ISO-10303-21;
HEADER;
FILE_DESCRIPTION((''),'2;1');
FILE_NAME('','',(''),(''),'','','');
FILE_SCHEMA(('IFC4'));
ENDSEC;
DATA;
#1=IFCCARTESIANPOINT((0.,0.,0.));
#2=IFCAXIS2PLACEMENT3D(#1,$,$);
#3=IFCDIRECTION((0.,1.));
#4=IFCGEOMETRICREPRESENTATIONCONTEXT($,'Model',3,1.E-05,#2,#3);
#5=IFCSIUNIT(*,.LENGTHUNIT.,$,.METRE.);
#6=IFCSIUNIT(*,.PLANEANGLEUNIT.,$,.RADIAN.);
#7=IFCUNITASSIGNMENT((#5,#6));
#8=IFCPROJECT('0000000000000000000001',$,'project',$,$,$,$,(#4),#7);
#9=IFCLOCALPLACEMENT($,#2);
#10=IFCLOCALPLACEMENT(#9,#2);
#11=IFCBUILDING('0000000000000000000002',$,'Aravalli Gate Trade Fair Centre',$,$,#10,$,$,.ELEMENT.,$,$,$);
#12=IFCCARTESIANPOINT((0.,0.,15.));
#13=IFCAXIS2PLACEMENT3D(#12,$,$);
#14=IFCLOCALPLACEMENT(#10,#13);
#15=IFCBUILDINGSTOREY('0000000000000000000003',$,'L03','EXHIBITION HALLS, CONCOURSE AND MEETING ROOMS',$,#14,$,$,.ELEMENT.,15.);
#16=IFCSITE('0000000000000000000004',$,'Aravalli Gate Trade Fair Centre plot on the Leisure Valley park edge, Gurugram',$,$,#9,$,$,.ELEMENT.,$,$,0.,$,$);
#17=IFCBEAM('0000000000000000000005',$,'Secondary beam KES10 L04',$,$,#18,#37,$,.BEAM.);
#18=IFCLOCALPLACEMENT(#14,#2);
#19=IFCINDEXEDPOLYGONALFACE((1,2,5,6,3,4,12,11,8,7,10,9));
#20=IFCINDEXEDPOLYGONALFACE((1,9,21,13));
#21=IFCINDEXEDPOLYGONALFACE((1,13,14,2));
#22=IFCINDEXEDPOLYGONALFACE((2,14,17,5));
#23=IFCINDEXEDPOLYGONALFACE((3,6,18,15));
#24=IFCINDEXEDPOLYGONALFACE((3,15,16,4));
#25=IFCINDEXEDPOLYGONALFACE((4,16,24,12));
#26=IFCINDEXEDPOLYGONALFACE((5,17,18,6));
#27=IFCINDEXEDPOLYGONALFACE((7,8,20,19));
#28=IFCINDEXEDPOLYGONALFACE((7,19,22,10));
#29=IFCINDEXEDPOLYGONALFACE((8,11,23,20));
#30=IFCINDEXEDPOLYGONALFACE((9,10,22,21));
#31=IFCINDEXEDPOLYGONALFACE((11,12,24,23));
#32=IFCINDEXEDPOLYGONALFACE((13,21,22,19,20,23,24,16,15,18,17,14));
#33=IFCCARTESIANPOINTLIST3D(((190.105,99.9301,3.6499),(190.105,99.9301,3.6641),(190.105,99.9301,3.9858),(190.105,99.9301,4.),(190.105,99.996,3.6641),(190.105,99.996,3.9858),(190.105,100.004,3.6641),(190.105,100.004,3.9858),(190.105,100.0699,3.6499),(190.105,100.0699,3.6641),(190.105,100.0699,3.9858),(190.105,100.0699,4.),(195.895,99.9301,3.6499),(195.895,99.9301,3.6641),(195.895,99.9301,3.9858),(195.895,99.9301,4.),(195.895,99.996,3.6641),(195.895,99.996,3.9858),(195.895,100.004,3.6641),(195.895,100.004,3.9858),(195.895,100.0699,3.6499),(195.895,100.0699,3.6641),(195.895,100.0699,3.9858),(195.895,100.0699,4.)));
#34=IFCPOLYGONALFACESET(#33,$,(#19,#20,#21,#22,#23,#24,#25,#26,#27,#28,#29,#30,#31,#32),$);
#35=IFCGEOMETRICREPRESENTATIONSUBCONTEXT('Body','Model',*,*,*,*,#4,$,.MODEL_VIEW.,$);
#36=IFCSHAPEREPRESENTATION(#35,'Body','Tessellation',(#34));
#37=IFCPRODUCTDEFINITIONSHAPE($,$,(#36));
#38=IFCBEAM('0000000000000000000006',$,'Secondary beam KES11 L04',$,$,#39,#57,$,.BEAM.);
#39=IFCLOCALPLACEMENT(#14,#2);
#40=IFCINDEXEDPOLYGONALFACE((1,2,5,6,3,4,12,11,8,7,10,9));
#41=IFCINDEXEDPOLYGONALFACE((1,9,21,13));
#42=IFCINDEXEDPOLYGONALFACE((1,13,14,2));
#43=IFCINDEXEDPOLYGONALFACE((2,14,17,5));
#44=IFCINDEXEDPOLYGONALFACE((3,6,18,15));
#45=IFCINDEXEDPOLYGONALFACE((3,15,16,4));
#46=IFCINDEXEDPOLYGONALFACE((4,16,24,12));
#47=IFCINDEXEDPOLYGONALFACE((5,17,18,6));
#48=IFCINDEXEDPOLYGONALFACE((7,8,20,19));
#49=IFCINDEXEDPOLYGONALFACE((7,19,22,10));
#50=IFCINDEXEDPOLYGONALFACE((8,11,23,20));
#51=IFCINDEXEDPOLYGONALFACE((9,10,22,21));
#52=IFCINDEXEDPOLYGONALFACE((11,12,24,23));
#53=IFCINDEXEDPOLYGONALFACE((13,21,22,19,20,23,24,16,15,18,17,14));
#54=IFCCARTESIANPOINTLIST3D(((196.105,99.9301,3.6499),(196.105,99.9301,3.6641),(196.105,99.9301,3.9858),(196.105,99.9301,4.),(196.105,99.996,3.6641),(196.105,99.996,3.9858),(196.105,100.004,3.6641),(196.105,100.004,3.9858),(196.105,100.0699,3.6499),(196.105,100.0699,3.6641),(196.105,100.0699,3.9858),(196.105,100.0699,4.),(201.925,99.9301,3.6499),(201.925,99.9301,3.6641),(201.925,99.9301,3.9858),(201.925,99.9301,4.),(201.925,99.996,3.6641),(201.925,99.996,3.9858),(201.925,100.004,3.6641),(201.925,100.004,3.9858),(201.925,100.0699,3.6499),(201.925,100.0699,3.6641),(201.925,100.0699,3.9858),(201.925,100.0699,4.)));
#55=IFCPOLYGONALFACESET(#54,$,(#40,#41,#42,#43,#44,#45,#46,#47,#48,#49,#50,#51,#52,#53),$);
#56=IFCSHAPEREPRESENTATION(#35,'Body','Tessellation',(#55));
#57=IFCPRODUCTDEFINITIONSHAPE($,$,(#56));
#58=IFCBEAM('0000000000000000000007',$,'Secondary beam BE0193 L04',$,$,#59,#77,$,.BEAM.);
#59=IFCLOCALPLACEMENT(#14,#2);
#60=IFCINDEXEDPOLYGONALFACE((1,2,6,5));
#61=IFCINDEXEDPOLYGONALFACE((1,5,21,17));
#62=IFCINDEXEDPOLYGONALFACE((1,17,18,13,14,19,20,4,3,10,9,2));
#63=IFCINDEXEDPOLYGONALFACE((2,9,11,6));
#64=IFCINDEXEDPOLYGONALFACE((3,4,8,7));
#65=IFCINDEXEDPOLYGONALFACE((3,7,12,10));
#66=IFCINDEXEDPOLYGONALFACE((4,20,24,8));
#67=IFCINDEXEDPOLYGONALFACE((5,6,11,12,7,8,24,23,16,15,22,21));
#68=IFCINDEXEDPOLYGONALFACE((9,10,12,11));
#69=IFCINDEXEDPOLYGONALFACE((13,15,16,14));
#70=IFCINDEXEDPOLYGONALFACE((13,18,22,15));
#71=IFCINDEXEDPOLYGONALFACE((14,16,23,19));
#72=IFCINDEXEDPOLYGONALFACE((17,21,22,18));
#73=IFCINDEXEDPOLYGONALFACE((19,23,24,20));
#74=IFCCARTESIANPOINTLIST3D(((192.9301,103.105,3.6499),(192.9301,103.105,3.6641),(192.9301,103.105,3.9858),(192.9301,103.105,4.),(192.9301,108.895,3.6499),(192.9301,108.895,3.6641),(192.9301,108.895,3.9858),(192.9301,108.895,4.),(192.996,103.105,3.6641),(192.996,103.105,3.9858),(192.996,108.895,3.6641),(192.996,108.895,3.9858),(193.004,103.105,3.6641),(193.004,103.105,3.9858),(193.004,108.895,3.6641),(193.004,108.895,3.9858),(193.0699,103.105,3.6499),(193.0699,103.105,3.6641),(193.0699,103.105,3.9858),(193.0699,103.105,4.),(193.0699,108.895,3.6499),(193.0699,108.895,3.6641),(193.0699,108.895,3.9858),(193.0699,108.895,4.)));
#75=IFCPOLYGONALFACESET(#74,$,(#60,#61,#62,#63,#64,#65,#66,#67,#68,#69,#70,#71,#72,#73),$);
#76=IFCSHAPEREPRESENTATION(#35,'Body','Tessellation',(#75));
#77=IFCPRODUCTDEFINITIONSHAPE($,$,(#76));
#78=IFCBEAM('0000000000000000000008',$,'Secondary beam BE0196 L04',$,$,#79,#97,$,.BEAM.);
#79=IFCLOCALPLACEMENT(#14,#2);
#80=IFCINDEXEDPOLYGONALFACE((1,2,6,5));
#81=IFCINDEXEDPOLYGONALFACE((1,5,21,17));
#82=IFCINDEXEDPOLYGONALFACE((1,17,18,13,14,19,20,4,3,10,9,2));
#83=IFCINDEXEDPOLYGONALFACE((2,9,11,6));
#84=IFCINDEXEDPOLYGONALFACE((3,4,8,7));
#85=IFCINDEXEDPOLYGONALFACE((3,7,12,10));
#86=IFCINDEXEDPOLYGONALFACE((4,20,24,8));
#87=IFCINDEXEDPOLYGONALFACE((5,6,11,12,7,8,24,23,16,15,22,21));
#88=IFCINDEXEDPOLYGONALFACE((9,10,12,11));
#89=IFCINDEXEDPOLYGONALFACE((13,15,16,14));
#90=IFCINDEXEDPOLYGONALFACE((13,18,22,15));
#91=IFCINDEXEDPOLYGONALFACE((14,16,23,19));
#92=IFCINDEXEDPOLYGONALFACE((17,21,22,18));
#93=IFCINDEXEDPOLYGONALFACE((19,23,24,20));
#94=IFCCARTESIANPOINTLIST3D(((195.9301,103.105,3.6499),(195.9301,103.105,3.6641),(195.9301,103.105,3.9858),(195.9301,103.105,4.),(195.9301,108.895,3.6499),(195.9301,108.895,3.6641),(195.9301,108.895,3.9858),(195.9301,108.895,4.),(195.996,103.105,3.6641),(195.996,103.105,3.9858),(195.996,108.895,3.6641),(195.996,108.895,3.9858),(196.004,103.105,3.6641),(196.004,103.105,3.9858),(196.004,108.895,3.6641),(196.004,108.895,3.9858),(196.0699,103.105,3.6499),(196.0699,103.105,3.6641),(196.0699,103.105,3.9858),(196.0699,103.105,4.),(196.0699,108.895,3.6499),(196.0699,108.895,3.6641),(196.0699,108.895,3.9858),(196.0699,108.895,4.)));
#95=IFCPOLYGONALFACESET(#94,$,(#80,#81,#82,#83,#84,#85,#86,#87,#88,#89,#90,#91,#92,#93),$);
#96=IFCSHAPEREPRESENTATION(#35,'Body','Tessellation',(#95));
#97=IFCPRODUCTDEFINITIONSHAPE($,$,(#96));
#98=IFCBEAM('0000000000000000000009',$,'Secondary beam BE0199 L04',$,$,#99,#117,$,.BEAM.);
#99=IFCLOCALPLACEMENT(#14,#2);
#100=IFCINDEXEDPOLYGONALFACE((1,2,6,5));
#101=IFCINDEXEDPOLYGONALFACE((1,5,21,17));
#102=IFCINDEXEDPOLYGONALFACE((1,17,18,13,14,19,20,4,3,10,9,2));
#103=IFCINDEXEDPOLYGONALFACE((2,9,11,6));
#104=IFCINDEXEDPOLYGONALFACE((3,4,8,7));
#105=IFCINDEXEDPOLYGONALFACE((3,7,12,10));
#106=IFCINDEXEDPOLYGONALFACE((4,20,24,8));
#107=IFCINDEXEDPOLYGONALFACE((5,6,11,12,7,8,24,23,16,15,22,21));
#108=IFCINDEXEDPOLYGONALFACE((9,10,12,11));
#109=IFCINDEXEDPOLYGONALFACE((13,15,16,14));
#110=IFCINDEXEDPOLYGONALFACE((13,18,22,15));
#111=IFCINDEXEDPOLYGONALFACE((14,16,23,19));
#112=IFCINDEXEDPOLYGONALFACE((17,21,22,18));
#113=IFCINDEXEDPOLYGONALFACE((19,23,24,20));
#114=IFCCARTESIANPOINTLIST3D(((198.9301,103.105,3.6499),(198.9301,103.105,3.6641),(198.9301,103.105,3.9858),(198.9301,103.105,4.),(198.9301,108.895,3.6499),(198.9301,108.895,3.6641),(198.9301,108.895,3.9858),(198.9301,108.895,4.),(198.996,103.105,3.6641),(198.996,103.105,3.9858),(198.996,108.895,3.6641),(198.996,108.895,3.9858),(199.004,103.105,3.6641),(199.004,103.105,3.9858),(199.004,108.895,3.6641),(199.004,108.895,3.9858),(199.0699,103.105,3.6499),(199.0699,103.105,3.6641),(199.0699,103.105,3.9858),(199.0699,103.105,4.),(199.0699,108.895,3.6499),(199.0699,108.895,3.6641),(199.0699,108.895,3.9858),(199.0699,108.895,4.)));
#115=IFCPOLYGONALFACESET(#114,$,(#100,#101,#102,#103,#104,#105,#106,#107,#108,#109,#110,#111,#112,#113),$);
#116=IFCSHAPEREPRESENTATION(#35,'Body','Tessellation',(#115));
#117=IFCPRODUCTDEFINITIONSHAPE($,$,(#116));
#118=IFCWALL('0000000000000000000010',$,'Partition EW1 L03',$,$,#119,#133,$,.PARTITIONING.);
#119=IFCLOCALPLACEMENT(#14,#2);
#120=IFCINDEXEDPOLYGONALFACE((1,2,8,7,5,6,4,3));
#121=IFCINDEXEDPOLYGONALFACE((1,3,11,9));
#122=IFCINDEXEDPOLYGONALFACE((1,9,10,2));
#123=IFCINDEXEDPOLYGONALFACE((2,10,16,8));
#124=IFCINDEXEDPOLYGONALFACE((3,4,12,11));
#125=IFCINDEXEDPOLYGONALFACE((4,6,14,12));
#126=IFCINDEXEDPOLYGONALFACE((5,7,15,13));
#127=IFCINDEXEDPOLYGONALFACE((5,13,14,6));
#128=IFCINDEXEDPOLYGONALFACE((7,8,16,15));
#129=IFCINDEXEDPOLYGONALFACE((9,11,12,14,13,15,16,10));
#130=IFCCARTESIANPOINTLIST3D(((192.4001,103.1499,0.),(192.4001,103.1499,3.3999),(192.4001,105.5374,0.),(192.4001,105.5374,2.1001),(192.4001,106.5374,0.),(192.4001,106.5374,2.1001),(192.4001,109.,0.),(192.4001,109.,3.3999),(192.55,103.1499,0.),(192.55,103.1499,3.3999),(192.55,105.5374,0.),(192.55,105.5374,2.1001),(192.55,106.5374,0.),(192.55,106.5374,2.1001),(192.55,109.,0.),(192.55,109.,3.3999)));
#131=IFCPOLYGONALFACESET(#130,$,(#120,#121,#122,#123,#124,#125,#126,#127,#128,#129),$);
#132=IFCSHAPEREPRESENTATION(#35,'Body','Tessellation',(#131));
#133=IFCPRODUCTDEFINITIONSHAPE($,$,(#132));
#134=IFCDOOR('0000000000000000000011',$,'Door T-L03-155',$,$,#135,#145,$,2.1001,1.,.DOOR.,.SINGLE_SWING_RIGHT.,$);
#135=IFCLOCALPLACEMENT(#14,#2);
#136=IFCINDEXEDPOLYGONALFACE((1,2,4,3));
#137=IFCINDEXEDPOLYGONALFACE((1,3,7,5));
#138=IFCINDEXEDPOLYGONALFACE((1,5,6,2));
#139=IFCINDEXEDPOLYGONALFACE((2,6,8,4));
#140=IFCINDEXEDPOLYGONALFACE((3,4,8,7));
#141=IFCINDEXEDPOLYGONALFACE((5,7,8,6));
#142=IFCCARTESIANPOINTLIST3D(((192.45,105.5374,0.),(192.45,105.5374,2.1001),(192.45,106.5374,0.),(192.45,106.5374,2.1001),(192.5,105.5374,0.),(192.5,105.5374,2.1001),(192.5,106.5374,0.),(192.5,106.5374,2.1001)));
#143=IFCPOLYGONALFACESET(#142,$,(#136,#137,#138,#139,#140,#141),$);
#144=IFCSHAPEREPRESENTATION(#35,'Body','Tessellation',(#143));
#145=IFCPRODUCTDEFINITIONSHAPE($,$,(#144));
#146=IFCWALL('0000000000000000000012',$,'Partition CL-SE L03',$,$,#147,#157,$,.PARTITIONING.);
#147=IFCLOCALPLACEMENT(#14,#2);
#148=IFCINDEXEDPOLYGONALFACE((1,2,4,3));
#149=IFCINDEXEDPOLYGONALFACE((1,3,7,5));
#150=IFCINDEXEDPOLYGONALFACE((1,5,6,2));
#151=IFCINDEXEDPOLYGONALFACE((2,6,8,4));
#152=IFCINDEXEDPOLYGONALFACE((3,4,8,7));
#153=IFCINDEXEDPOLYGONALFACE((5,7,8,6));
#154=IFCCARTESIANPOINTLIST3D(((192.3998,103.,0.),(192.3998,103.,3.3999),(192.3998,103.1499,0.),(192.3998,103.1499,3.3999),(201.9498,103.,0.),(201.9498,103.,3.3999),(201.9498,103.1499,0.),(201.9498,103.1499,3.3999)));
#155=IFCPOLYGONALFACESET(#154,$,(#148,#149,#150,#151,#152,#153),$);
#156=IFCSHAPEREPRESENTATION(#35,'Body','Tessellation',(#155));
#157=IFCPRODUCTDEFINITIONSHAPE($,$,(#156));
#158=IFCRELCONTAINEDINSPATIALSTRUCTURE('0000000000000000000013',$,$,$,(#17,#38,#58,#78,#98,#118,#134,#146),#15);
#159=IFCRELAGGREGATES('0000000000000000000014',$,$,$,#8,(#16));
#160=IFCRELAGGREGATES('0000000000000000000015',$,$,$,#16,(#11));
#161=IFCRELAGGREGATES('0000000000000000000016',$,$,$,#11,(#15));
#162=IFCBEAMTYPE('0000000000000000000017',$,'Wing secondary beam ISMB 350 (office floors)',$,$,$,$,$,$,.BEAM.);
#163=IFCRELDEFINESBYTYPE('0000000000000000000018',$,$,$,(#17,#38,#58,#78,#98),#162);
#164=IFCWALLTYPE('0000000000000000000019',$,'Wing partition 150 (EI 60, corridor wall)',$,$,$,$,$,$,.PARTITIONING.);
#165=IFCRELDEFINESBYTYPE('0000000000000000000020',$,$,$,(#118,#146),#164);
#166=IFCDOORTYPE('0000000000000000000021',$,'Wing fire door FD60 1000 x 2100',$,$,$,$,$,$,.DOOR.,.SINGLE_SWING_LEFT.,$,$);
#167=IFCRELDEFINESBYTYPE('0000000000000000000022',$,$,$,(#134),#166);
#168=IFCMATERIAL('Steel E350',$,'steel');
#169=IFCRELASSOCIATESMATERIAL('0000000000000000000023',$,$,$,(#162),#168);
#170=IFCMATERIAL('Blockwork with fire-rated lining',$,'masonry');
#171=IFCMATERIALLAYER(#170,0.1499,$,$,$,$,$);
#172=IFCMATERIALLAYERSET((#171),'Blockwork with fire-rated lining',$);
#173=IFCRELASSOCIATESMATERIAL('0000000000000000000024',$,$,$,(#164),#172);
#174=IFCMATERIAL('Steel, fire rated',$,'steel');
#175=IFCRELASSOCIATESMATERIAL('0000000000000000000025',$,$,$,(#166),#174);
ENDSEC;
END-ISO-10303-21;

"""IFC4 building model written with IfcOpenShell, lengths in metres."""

from ifc_helpers import new_model, si_unit, direction, frame, frame_2d, origin, origin_2d, place, context, subcontext, project, spatial, rectangle, i_section, extrude, material, layer, layer_set, material_profile, profile_set, type_object, element, fill, save


model = new_model("IFC4")

# Units and contexts
model_context = context("Model", 3, precision=1e-05, world=origin(), true_north=direction((0.0, 1.0)))
body_context = subcontext(model_context, "Body", "Model", "MODEL_VIEW")
ifc_project = project(units=[si_unit("LENGTHUNIT", "METRE"), si_unit("PLANEANGLEUNIT", "RADIAN")], contexts=[model_context])

# Site, building, storey
site_placement = place(None, origin())
site = spatial("IfcSite", under=ifc_project, at=site_placement, Name="Aravalli Gate Trade Fair Centre plot on the Leisure Valley park edge, Gurugram", CompositionType="ELEMENT", RefElevation=0.0)
building_placement = place(site_placement, origin())
building = spatial("IfcBuilding", under=site, at=building_placement, Name="Aravalli Gate Trade Fair Centre", CompositionType="ELEMENT")
storey_placement = place(building_placement, frame((0.0, 0.0, 15.0)))
storey = spatial("IfcBuildingStorey", under=building, at=storey_placement, Name="L03", Description="EXHIBITION HALLS, CONCOURSE AND MEETING ROOMS", CompositionType="ELEMENT", Elevation=15.0)

# Shared definitions
ifc_material_1 = material(Name="Steel E350", Category="steel")

# Beams
ifc_material_profile_1 = material_profile(ifc_material_1, i_section(OverallWidth=0.1399, OverallDepth=0.3501, WebThickness=0.0081, FlangeThickness=0.0142, at=origin_2d()), Name="ISMB 350")
ifc_profile_set_1 = profile_set([ifc_material_profile_1], Name="Steel E350")
beam_type_1 = type_object("IfcBeamType", Name="Wing secondary beam ISMB 350 (office floors)", PredefinedType="BEAM", material=ifc_profile_set_1)
beam_1_placement = place(storey_placement, frame((190.105, 100.0, 3.825), z_axis=(1.0, 0.0, 0.0), x_axis=(0.0, 1.0, 0.0)))
element("IfcBeam", 1, at=beam_1_placement, inside=storey, type_object=beam_type_1, Name="Secondary beam KES10 L04", PredefinedType="BEAM", context=body_context, shape_type="SweptSolid", body=[
    extrude(i_section(OverallWidth=0.1399, OverallDepth=0.3501, WebThickness=0.0081, FlangeThickness=0.0142, at=origin_2d()), origin(), (0.0, 0.0, 1.0), 5.79),
])
beam_2_placement = place(storey_placement, frame((196.105, 100.0, 3.825), z_axis=(1.0, 0.0, 0.0), x_axis=(0.0, 1.0, 0.0)))
element("IfcBeam", 2, at=beam_2_placement, inside=storey, type_object=beam_type_1, Name="Secondary beam KES11 L04", PredefinedType="BEAM", context=body_context, shape_type="SweptSolid", body=[
    extrude(i_section(OverallWidth=0.1399, OverallDepth=0.3501, WebThickness=0.0081, FlangeThickness=0.0142, at=origin_2d()), origin(), (0.0, 0.0, 1.0), 5.8201),
])
for number, where, z_axis, x_axis, name in (
    (3, (193.0, 103.105, 3.825), (0.0, 1.0, 0.0), (-1.0, 0.0, 0.0), "Secondary beam BE0193 L04"),
    (4, (196.0, 103.105, 3.825), (0.0, 1.0, 0.0), (-1.0, 0.0, 0.0), "Secondary beam BE0196 L04"),
    (5, (199.0, 103.105, 3.825), (0.0, 1.0, 0.0), (-1.0, 0.0, 0.0), "Secondary beam BE0199 L04"),
):
    element("IfcBeam", number, at=place(storey_placement, frame(where, z_axis=z_axis, x_axis=x_axis)), inside=storey, type_object=beam_type_1, Name=name, PredefinedType="BEAM", context=body_context, shape_type="SweptSolid", body=[
        extrude(i_section(OverallWidth=0.1399, OverallDepth=0.3501, WebThickness=0.0081, FlangeThickness=0.0142, at=origin_2d()), origin(), (0.0, 0.0, 1.0), 5.79),
    ])

# Wall, opening, door
ifc_material_2 = material(Name="Blockwork with fire-rated lining", Category="masonry")
ifc_layer_1 = layer(ifc_material_2, 0.1499)
ifc_layer_set_1 = layer_set([ifc_layer_1], Name="Blockwork with fire-rated lining")
wall_type_1 = type_object("IfcWallType", Name="Wing partition 150 (EI 60, corridor wall)", PredefinedType="PARTITIONING", material=ifc_layer_set_1)
wall_1_placement = place(storey_placement, frame((192.4751, 103.1499, 0.0), z_axis=(0.0, 0.0, 1.0), x_axis=(0.0, 1.0, 0.0)))
wall_1 = element("IfcWall", 6, at=wall_1_placement, inside=storey, type_object=wall_type_1, Name="Partition EW1 L03", PredefinedType="PARTITIONING", context=body_context, shape_type="SweptSolid", body=[
    extrude(rectangle(XDim=5.8501, YDim=0.1499, at=frame_2d((2.925, 0.0))), origin(), (0.0, 0.0, 1.0), 3.3999),
])
opening_1_placement = place(wall_1_placement, frame((2.3875, 0.0, 0.0)))
opening_1 = element("IfcOpeningElement", 7, at=opening_1_placement, cuts=wall_1, PredefinedType="OPENING", context=body_context, shape_type="SweptSolid", body=[
    extrude(rectangle(XDim=1.0, YDim=2.1001, at=frame_2d((0.5, 1.05))), frame((0.0, 0.085, 0.0), z_axis=(0.0, -1.0, 0.0), x_axis=(1.0, 0.0, 0.0)), (0.0, 0.0, 1.0), 0.1699),
])
ifc_material_3 = material(Name="Steel, fire rated", Category="steel")
door_type = type_object("IfcDoorType", Name="Wing fire door FD60 1000 x 2100", OperationType="SINGLE_SWING_LEFT", PredefinedType="DOOR", material=ifc_material_3)
door_placement = place(opening_1_placement, frame((1.0, 0.0, 0.0), z_axis=(0.0, 0.0, 1.0), x_axis=(-1.0, 0.0, 0.0)))
door = element("IfcDoor", 8, at=door_placement, inside=storey, type_object=door_type, Name="Door T-L03-155", OperationType="SINGLE_SWING_RIGHT", OverallHeight=2.1001, OverallWidth=1.0, PredefinedType="DOOR", context=body_context, shape_type="SweptSolid", body=[
    extrude(rectangle(XDim=1.0, YDim=2.1001, at=frame_2d((0.5, 1.05))), frame((0.0, 0.0249, 0.0), z_axis=(0.0, -1.0, 0.0), x_axis=(1.0, 0.0, 0.0)), (0.0, 0.0, 1.0), 0.05),
])
fill(opening_1, door)

# Wall
wall_2_placement = place(storey_placement, frame((192.3999, 103.075, 0.0), z_axis=(0.0, 0.0, 1.0), x_axis=(1.0, 0.0, 0.0)))
element("IfcWall", 9, at=wall_2_placement, inside=storey, type_object=wall_type_1, Name="Partition CL-SE L03", PredefinedType="PARTITIONING", context=body_context, shape_type="SweptSolid", body=[
    extrude(rectangle(XDim=9.55, YDim=0.1499, at=frame_2d((4.7749, 0.0))), origin(), (0.0, 0.0, 1.0), 3.3999),
])

save(model, "model.ifc")
